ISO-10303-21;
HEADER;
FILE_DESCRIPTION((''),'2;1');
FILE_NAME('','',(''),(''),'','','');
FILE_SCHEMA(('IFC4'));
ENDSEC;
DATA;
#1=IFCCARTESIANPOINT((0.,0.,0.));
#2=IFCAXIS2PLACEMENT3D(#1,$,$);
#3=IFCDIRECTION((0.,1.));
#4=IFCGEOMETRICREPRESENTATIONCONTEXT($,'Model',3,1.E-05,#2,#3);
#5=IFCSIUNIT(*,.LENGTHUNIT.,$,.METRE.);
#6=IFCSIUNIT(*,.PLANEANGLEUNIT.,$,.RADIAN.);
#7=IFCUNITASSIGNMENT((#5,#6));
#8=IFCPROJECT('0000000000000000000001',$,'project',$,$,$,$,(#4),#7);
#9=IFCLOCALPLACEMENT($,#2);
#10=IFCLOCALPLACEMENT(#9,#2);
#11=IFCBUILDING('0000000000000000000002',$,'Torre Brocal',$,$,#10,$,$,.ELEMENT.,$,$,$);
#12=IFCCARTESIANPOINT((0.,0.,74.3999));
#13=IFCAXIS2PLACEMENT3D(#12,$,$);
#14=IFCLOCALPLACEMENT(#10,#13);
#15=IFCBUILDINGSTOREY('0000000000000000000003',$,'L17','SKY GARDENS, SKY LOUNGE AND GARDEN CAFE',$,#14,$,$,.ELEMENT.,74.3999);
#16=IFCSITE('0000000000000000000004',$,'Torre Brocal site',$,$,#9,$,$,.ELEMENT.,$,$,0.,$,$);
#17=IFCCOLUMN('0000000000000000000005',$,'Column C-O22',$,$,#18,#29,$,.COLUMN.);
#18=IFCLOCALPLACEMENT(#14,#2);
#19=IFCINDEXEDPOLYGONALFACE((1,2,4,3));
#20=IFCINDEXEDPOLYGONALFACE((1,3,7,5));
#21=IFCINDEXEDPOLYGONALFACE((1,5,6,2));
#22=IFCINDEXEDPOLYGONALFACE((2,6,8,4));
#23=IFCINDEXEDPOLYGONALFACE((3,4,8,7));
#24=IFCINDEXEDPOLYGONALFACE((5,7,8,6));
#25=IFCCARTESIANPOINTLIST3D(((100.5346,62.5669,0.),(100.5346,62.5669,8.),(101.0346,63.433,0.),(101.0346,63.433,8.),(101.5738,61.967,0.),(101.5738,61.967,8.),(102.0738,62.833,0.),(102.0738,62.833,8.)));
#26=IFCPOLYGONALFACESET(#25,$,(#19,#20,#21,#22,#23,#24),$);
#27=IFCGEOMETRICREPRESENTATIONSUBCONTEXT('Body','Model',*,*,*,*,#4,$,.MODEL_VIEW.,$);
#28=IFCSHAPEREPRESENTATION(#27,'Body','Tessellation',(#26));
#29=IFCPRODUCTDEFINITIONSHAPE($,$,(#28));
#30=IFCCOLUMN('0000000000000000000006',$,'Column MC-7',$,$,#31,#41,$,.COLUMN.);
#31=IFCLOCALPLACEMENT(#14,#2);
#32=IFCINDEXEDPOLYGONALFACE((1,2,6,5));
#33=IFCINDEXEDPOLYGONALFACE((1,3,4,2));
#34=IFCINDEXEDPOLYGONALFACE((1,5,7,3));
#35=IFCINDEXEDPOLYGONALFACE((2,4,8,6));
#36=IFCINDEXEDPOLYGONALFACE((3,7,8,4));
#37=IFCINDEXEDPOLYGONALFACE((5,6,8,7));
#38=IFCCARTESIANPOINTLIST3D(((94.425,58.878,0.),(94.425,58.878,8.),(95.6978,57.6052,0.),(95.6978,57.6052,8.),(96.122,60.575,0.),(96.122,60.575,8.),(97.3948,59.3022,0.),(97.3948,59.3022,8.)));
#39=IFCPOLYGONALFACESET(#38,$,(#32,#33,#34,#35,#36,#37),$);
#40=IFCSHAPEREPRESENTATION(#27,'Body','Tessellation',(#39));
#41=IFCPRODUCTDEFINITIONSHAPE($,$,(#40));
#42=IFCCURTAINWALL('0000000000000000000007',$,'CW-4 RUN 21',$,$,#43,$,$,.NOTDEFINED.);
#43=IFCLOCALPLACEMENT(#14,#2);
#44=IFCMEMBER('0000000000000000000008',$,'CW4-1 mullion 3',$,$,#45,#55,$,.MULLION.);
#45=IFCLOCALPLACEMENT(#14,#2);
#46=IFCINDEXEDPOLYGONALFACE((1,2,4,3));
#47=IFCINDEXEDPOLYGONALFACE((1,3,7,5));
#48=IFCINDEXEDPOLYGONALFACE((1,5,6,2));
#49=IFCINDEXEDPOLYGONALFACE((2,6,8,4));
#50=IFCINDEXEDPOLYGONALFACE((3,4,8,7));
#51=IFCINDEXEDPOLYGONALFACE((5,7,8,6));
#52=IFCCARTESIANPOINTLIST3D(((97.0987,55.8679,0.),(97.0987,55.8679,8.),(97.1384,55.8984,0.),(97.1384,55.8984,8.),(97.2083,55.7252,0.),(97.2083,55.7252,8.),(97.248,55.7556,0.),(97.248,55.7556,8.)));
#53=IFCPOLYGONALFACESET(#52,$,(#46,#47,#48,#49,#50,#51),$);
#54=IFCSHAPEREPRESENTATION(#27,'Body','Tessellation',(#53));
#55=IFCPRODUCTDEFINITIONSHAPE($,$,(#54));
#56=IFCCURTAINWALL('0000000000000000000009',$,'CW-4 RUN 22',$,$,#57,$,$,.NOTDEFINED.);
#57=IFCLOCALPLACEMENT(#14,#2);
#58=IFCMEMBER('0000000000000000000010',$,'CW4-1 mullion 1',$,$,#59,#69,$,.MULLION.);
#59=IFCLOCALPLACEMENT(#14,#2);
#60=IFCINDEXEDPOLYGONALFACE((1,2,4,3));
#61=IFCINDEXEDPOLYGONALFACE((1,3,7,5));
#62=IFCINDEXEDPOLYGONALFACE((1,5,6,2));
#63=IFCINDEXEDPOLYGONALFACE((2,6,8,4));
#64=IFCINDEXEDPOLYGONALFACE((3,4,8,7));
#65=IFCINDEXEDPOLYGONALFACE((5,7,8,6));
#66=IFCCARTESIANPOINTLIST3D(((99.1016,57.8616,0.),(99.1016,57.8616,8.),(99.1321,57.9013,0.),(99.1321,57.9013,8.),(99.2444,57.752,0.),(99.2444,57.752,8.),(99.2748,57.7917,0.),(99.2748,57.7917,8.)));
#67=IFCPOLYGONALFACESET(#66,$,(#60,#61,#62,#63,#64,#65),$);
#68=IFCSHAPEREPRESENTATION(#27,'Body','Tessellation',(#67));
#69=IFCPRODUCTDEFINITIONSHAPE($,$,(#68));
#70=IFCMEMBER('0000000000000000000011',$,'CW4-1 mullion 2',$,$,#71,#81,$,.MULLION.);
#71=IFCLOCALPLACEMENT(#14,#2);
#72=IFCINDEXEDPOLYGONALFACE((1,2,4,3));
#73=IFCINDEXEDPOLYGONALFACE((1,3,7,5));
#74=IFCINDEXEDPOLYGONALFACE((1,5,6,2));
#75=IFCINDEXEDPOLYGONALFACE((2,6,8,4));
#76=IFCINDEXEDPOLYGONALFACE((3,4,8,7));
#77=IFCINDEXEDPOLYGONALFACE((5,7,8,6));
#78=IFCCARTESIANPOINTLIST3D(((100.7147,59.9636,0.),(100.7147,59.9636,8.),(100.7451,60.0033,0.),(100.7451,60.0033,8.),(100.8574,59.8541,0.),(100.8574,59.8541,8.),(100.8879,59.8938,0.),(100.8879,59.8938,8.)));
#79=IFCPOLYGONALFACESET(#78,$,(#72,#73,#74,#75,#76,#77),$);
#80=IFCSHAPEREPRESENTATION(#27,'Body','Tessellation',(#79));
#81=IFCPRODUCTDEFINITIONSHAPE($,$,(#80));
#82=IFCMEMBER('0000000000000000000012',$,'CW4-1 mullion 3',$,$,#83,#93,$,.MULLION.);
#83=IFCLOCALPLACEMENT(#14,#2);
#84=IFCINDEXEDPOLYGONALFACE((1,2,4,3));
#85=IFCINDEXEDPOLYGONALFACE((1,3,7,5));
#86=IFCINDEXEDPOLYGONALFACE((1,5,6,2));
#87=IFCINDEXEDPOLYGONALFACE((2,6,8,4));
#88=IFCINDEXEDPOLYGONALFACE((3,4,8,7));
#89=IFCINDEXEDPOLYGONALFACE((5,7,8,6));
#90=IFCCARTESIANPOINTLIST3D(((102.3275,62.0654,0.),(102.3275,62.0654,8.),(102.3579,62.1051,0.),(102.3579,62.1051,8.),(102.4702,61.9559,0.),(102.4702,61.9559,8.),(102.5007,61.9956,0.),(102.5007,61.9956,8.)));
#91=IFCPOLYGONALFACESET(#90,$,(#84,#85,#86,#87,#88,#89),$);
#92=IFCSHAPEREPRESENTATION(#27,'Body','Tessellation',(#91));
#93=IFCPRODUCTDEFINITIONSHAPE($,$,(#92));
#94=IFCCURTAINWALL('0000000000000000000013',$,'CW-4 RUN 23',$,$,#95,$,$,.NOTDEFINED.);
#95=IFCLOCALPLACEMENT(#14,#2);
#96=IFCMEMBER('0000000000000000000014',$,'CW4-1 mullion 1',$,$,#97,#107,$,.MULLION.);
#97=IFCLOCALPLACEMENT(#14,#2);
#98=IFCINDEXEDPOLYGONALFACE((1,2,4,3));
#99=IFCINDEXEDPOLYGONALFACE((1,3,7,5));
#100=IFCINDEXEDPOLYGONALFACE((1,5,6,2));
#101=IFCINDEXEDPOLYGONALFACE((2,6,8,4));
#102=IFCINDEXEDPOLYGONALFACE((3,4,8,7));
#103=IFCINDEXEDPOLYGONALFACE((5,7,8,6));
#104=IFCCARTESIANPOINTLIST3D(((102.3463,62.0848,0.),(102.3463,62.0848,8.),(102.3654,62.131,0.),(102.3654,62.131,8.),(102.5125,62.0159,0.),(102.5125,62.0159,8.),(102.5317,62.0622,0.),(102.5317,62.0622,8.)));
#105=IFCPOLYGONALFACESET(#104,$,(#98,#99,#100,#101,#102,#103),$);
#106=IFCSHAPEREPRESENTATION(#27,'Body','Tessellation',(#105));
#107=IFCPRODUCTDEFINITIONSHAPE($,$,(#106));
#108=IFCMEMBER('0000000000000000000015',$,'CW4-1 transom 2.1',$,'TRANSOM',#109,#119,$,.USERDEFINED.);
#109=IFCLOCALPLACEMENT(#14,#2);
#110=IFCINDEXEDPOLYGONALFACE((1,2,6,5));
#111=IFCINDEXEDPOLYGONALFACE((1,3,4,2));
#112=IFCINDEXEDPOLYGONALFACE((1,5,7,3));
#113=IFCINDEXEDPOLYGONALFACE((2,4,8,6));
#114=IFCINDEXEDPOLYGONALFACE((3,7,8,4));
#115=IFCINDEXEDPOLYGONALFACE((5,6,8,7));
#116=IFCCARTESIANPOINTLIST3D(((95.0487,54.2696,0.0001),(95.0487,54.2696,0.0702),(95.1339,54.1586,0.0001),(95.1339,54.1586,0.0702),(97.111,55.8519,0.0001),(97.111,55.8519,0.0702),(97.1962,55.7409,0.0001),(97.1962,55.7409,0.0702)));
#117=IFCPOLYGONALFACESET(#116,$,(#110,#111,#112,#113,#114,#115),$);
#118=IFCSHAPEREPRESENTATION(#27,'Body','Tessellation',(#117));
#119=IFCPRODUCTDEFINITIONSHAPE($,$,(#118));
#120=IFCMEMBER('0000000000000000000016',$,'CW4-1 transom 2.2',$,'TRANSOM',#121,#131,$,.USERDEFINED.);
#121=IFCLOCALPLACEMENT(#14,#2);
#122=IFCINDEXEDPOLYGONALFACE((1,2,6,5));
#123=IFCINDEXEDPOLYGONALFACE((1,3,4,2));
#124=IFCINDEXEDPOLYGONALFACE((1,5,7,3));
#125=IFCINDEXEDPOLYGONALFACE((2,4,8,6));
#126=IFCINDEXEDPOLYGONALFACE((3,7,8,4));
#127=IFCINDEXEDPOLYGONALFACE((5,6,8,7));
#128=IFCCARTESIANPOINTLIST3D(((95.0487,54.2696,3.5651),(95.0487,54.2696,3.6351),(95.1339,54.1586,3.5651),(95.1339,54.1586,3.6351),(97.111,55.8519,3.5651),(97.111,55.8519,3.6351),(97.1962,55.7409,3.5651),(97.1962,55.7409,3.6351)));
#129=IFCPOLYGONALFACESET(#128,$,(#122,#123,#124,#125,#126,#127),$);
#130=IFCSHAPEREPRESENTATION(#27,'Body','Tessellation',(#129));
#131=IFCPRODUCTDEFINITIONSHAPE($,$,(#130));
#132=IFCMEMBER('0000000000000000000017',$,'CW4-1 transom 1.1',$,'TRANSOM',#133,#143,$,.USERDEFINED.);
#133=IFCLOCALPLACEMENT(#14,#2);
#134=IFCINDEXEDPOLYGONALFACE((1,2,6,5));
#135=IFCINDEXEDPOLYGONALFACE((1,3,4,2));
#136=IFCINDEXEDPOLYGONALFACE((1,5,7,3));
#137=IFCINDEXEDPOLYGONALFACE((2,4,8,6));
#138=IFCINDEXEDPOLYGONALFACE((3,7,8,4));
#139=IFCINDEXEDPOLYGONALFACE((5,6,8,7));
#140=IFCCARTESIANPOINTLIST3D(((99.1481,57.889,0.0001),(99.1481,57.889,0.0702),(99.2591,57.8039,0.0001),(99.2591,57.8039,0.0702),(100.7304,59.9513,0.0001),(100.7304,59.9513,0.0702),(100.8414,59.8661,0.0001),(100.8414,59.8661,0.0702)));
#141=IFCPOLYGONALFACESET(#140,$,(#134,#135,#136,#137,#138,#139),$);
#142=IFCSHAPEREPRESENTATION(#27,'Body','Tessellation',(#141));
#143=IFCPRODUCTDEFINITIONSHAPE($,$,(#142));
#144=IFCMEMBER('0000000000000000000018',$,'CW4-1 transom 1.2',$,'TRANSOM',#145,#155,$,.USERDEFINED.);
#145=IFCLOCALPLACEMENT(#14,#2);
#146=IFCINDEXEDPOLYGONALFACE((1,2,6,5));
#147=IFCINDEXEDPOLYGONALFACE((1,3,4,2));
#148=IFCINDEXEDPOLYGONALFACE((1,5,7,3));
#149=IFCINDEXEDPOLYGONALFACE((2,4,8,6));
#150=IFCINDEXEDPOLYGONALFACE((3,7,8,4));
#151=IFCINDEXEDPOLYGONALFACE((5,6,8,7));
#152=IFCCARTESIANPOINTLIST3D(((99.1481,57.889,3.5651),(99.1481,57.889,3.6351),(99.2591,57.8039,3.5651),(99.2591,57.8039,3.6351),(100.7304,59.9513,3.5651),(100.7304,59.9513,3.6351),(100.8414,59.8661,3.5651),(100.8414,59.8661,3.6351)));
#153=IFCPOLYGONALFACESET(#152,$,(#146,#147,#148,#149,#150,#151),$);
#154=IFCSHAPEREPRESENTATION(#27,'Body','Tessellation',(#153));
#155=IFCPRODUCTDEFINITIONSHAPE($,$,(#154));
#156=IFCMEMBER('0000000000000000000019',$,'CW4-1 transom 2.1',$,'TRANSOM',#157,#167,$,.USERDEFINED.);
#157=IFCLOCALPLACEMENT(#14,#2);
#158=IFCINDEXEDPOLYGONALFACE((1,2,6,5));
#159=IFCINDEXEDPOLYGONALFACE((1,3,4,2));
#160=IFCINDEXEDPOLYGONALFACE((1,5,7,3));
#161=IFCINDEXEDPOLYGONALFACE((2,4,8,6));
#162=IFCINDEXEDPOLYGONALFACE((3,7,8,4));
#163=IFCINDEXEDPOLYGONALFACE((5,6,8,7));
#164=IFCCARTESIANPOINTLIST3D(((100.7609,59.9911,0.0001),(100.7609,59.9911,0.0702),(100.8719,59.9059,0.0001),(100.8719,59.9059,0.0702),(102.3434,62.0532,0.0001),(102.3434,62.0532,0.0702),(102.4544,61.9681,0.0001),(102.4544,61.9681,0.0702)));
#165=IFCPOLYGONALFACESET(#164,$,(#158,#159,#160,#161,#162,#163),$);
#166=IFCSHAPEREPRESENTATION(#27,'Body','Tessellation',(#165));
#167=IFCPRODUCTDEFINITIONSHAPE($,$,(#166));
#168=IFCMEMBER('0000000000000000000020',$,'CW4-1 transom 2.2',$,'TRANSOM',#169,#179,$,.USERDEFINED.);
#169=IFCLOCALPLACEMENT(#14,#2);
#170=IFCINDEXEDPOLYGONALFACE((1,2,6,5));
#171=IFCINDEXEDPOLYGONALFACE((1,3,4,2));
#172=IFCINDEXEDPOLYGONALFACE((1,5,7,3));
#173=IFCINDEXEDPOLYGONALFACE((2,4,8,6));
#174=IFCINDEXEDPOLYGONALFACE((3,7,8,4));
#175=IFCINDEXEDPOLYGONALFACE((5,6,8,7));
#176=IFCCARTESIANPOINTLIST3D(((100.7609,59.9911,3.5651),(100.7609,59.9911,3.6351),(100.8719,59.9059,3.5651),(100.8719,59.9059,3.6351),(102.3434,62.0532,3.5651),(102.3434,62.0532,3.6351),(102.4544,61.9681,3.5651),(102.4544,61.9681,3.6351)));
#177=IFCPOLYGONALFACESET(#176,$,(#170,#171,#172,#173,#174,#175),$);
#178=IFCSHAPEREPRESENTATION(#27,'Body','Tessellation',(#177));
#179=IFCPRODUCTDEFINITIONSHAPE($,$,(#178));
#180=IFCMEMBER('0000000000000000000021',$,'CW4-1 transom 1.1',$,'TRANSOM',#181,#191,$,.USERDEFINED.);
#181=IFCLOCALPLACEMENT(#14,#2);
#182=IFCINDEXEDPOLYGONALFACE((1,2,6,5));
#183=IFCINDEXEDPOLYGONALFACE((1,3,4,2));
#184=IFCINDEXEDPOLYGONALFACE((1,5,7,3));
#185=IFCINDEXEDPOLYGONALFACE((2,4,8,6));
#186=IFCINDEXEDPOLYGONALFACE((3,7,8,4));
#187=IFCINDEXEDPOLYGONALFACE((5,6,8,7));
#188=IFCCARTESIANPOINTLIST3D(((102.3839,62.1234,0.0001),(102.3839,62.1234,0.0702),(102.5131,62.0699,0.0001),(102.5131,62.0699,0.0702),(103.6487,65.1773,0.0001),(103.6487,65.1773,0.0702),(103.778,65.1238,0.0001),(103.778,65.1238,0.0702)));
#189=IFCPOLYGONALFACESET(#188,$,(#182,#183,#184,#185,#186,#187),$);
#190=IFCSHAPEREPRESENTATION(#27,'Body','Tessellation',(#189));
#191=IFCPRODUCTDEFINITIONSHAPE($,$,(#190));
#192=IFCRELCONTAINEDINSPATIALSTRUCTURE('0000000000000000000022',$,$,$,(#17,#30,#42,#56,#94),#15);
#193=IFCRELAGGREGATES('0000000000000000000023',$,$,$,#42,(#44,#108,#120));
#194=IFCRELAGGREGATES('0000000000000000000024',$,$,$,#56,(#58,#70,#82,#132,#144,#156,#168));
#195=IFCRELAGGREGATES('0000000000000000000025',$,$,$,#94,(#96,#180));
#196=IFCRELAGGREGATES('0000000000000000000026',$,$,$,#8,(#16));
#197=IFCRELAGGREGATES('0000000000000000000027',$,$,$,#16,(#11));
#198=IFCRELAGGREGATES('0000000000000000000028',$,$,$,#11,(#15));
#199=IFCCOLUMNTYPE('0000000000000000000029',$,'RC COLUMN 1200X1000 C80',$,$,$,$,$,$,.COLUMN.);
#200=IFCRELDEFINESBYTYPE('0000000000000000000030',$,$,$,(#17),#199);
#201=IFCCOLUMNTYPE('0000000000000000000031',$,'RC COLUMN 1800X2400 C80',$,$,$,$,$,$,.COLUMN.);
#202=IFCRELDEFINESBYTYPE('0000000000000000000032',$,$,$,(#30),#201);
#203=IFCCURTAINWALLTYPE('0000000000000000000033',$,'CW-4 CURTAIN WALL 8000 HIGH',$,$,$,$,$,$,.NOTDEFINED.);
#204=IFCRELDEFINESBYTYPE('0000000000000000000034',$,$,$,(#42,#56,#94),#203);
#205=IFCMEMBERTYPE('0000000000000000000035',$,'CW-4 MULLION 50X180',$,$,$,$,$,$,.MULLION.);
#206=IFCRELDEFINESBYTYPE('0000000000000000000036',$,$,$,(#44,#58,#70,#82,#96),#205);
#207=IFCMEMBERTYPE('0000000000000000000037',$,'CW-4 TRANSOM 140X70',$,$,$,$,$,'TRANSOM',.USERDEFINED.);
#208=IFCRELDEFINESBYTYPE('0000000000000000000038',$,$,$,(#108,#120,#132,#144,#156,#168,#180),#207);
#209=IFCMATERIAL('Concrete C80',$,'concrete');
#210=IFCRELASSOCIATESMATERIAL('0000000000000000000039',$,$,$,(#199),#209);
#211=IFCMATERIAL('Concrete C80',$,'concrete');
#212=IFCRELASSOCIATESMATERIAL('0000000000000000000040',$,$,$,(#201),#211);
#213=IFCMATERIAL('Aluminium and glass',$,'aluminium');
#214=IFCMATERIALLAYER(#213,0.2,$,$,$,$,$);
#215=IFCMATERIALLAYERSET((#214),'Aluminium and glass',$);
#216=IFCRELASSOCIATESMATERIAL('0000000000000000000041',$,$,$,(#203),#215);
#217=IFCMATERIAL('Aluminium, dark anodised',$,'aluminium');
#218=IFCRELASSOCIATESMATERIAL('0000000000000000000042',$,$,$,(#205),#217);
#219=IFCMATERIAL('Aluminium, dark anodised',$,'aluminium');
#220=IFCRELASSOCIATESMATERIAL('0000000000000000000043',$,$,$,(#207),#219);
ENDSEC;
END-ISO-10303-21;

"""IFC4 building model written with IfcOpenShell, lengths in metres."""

from ifc_helpers import new_model, si_unit, direction, frame, origin, origin_2d, place, context, subcontext, project, spatial, rectangle, extrude, material, layer, layer_set, material_profile, profile_set, type_object, element, aggregate, save


model = new_model("IFC4")

# Units and contexts
model_context = context("Model", 3, precision=1e-05, world=origin(), true_north=direction((0.0, 1.0)))
body_context = subcontext(model_context, "Body", "Model", "MODEL_VIEW")
ifc_project = project(units=[si_unit("LENGTHUNIT", "METRE"), si_unit("PLANEANGLEUNIT", "RADIAN")], contexts=[model_context])

# Site, building, storey
site_placement = place(None, origin())
site = spatial("IfcSite", under=ifc_project, at=site_placement, Name="Torre Brocal site", CompositionType="ELEMENT", RefElevation=0.0)
building_placement = place(site_placement, origin())
building = spatial("IfcBuilding", under=site, at=building_placement, Name="Torre Brocal", CompositionType="ELEMENT")
storey_placement = place(building_placement, frame((0.0, 0.0, 74.3999)))
storey = spatial("IfcBuildingStorey", under=building, at=storey_placement, Name="L17", Description="SKY GARDENS, SKY LOUNGE AND GARDEN CAFE", CompositionType="ELEMENT", Elevation=74.3999)

# Columns
ifc_material_1 = material(Name="Concrete C80", Category="concrete")
ifc_material_profile_1 = material_profile(ifc_material_1, rectangle(XDim=1.2, YDim=1.0, at=origin_2d()), Name="RC 1200X1000")
ifc_profile_set_1 = profile_set([ifc_material_profile_1], Name="Concrete C80")
column_type_1 = type_object("IfcColumnType", Name="RC COLUMN 1200X1000 C80", PredefinedType="COLUMN", material=ifc_profile_set_1)
column_1_placement = place(storey_placement, frame((101.3042, 62.7, 0.0), z_axis=(0.0, 0.0, 1.0), x_axis=(0.866025, -0.5, 0.0)))
element("IfcColumn", 1, at=column_1_placement, inside=storey, type_object=column_type_1, Name="Column C-O22", PredefinedType="COLUMN", context=body_context, shape_type="SweptSolid", body=[
    extrude(rectangle(XDim=1.2, YDim=1.0, at=origin_2d()), origin(), (0.0, 0.0, 1.0), 8.0),
])
ifc_material_2 = material(Name="Concrete C80", Category="concrete")
ifc_material_profile_2 = material_profile(ifc_material_2, rectangle(XDim=1.8, YDim=2.3999, at=origin_2d()), Name="RC 1800X2400")
ifc_profile_set_2 = profile_set([ifc_material_profile_2], Name="Concrete C80")
column_type_2 = type_object("IfcColumnType", Name="RC COLUMN 1800X2400 C80", PredefinedType="COLUMN", material=ifc_profile_set_2)
column_2_placement = place(storey_placement, frame((95.9099, 59.0901, 0.0), z_axis=(0.0, 0.0, 1.0), x_axis=(0.707107, -0.707107, 0.0)))
element("IfcColumn", 2, at=column_2_placement, inside=storey, type_object=column_type_2, Name="Column MC-7", PredefinedType="COLUMN", context=body_context, shape_type="SweptSolid", body=[
    extrude(rectangle(XDim=1.8, YDim=2.3999, at=origin_2d()), origin(), (0.0, 0.0, 1.0), 8.0),
])

# Curtain wall, member
ifc_material_3 = material(Name="Aluminium and glass", Category="aluminium")
ifc_layer_1 = layer(ifc_material_3, 0.2)
ifc_layer_set_1 = layer_set([ifc_layer_1], Name="Aluminium and glass")
curtain_wall_type = type_object("IfcCurtainWallType", Name="CW-4 CURTAIN WALL 8000 HIGH", PredefinedType="NOTDEFINED", material=ifc_layer_set_1)
curtain_wall_1_placement = place(storey_placement, origin())
curtain_wall_1 = element("IfcCurtainWall", 3, at=curtain_wall_1_placement, inside=storey, type_object=curtain_wall_type, Name="CW-4 RUN 21", PredefinedType="NOTDEFINED")
ifc_material_4 = material(Name="Aluminium, dark anodised", Category="aluminium")
ifc_material_profile_3 = material_profile(ifc_material_4, rectangle(XDim=0.1799, YDim=0.05, at=origin_2d()), Name="CW-4 MULLION 50X180")
ifc_profile_set_3 = profile_set([ifc_material_profile_3], Name="Aluminium, dark anodised")
member_type_1 = type_object("IfcMemberType", Name="CW-4 MULLION 50X180", PredefinedType="MULLION", material=ifc_profile_set_3)
member_1_placement = place(storey_placement, frame((97.1733, 55.8118, 0.0), z_axis=(0.0, 0.0, 1.0), x_axis=(-0.608761, 0.793353, 0.0)))
member_1 = element("IfcMember", 4, at=member_1_placement, type_object=member_type_1, Name="CW4-1 mullion 3", PredefinedType="MULLION", context=body_context, shape_type="SweptSolid", body=[
    extrude(rectangle(XDim=0.1799, YDim=0.05, at=origin_2d()), origin(), (0.0, 0.0, 1.0), 8.0),
])

# Curtain wall, members
curtain_wall_2_placement = place(storey_placement, origin())
curtain_wall_2 = element("IfcCurtainWall", 5, at=curtain_wall_2_placement, inside=storey, type_object=curtain_wall_type, Name="CW-4 RUN 22", PredefinedType="NOTDEFINED")
member_2_placement = place(storey_placement, frame((99.1882, 57.8267, 0.0), z_axis=(0.0, 0.0, 1.0), x_axis=(-0.793353, 0.608761, 0.0)))
member_2 = element("IfcMember", 6, at=member_2_placement, type_object=member_type_1, Name="CW4-1 mullion 1", PredefinedType="MULLION", context=body_context, shape_type="SweptSolid", body=[
    extrude(rectangle(XDim=0.1799, YDim=0.05, at=origin_2d()), origin(), (0.0, 0.0, 1.0), 8.0),
])
member_3_placement = place(storey_placement, frame((100.8013, 59.9287, 0.0), z_axis=(0.0, 0.0, 1.0), x_axis=(-0.793353, 0.608761, 0.0)))
member_3 = element("IfcMember", 7, at=member_3_placement, type_object=member_type_1, Name="CW4-1 mullion 2", PredefinedType="MULLION", context=body_context, shape_type="SweptSolid", body=[
    extrude(rectangle(XDim=0.1799, YDim=0.05, at=origin_2d()), origin(), (0.0, 0.0, 1.0), 8.0),
])
member_4_placement = place(storey_placement, frame((102.4141, 62.0305, 0.0), z_axis=(0.0, 0.0, 1.0), x_axis=(-0.793353, 0.608761, 0.0)))
member_4 = element("IfcMember", 8, at=member_4_placement, type_object=member_type_1, Name="CW4-1 mullion 3", PredefinedType="MULLION", context=body_context, shape_type="SweptSolid", body=[
    extrude(rectangle(XDim=0.1799, YDim=0.05, at=origin_2d()), origin(), (0.0, 0.0, 1.0), 8.0),
])

# Curtain wall, member
curtain_wall_3_placement = place(storey_placement, origin())
curtain_wall_3 = element("IfcCurtainWall", 9, at=curtain_wall_3_placement, inside=storey, type_object=curtain_wall_type, Name="CW-4 RUN 23", PredefinedType="NOTDEFINED")
member_5_placement = place(storey_placement, frame((102.439, 62.0735, 0.0), z_axis=(0.0, 0.0, 1.0), x_axis=(-0.92388, 0.382683, 0.0)))
member_5 = element("IfcMember", 10, at=member_5_placement, type_object=member_type_1, Name="CW4-1 mullion 1", PredefinedType="MULLION", context=body_context, shape_type="SweptSolid", body=[
    extrude(rectangle(XDim=0.1799, YDim=0.05, at=origin_2d()), origin(), (0.0, 0.0, 1.0), 8.0),
])

# Members
ifc_material_5 = material(Name="Aluminium, dark anodised", Category="aluminium")
ifc_material_profile_4 = material_profile(ifc_material_5, rectangle(XDim=0.1399, YDim=0.0701, at=origin_2d()), Name="CW-4 TRANSOM 140X70")
ifc_profile_set_4 = profile_set([ifc_material_profile_4], Name="Aluminium, dark anodised")
member_type_2 = type_object("IfcMemberType", Name="CW-4 TRANSOM 140X70", ElementType="TRANSOM", PredefinedType="USERDEFINED", material=ifc_profile_set_4)
member_6_placement = place(storey_placement, frame((95.0913, 54.2141, 0.0352), z_axis=(0.793381, 0.608725, 0.0), x_axis=(-0.608725, 0.793381, 0.0)))
member_6 = element("IfcMember", 11, at=member_6_placement, type_object=member_type_2, Name="CW4-1 transom 2.1", ObjectType="TRANSOM", PredefinedType="USERDEFINED", context=body_context, shape_type="SweptSolid", body=[
    extrude(rectangle(XDim=0.1399, YDim=0.0701, at=origin_2d()), origin(), (0.0, 0.0, 1.0), 2.5994),
])
member_7_placement = place(storey_placement, frame((95.0913, 54.2141, 3.6001), z_axis=(0.793381, 0.608725, 0.0), x_axis=(-0.608725, 0.793381, 0.0)))
member_7 = element("IfcMember", 12, at=member_7_placement, type_object=member_type_2, Name="CW4-1 transom 2.2", ObjectType="TRANSOM", PredefinedType="USERDEFINED", context=body_context, shape_type="SweptSolid", body=[
    extrude(rectangle(XDim=0.1399, YDim=0.0701, at=origin_2d()), origin(), (0.0, 0.0, 1.0), 2.5994),
])
member_8_placement = place(storey_placement, frame((99.2036, 57.8464, 0.0352), z_axis=(0.608725, 0.793381, 0.0), x_axis=(-0.793381, 0.608725, 0.0)))
member_8 = element("IfcMember", 13, at=member_8_placement, type_object=member_type_2, Name="CW4-1 transom 1.1", ObjectType="TRANSOM", PredefinedType="USERDEFINED", context=body_context, shape_type="SweptSolid", body=[
    extrude(rectangle(XDim=0.1399, YDim=0.0701, at=origin_2d()), origin(), (0.0, 0.0, 1.0), 2.5994),
])
member_9_placement = place(storey_placement, frame((99.2036, 57.8464, 3.6001), z_axis=(0.608725, 0.793381, 0.0), x_axis=(-0.793381, 0.608725, 0.0)))
member_9 = element("IfcMember", 14, at=member_9_placement, type_object=member_type_2, Name="CW4-1 transom 1.2", ObjectType="TRANSOM", PredefinedType="USERDEFINED", context=body_context, shape_type="SweptSolid", body=[
    extrude(rectangle(XDim=0.1399, YDim=0.0701, at=origin_2d()), origin(), (0.0, 0.0, 1.0), 2.5994),
])
member_10_placement = place(storey_placement, frame((100.8164, 59.9485, 0.0352), z_axis=(0.608784, 0.793336, 0.0), x_axis=(-0.793336, 0.608784, 0.0)))
member_10 = element("IfcMember", 15, at=member_10_placement, type_object=member_type_2, Name="CW4-1 transom 2.1", ObjectType="TRANSOM", PredefinedType="USERDEFINED", context=body_context, shape_type="SweptSolid", body=[
    extrude(rectangle(XDim=0.1399, YDim=0.0701, at=origin_2d()), origin(), (0.0, 0.0, 1.0), 2.5994),
])
member_11_placement = place(storey_placement, frame((100.8164, 59.9485, 3.6001), z_axis=(0.608784, 0.793336, 0.0), x_axis=(-0.793336, 0.608784, 0.0)))
member_11 = element("IfcMember", 16, at=member_11_placement, type_object=member_type_2, Name="CW4-1 transom 2.2", ObjectType="TRANSOM", PredefinedType="USERDEFINED", context=body_context, shape_type="SweptSolid", body=[
    extrude(rectangle(XDim=0.1399, YDim=0.0701, at=origin_2d()), origin(), (0.0, 0.0, 1.0), 2.5994),
])
member_12_placement = place(storey_placement, frame((102.4485, 62.0967, 0.0352), z_axis=(0.382658, 0.92389, 0.0), x_axis=(-0.92389, 0.382658, 0.0)))
member_12 = element("IfcMember", 17, at=member_12_placement, type_object=member_type_2, Name="CW4-1 transom 1.1", ObjectType="TRANSOM", PredefinedType="USERDEFINED", context=body_context, shape_type="SweptSolid", body=[
    extrude(rectangle(XDim=0.1399, YDim=0.0701, at=origin_2d()), origin(), (0.0, 0.0, 1.0), 3.3054),
])

aggregate(curtain_wall_1, [member_1, member_6, member_7])
aggregate(curtain_wall_2, [member_2, member_3, member_4, member_8, member_9, member_10, member_11])
aggregate(curtain_wall_3, [member_5, member_12])

save(model, "model.ifc")
